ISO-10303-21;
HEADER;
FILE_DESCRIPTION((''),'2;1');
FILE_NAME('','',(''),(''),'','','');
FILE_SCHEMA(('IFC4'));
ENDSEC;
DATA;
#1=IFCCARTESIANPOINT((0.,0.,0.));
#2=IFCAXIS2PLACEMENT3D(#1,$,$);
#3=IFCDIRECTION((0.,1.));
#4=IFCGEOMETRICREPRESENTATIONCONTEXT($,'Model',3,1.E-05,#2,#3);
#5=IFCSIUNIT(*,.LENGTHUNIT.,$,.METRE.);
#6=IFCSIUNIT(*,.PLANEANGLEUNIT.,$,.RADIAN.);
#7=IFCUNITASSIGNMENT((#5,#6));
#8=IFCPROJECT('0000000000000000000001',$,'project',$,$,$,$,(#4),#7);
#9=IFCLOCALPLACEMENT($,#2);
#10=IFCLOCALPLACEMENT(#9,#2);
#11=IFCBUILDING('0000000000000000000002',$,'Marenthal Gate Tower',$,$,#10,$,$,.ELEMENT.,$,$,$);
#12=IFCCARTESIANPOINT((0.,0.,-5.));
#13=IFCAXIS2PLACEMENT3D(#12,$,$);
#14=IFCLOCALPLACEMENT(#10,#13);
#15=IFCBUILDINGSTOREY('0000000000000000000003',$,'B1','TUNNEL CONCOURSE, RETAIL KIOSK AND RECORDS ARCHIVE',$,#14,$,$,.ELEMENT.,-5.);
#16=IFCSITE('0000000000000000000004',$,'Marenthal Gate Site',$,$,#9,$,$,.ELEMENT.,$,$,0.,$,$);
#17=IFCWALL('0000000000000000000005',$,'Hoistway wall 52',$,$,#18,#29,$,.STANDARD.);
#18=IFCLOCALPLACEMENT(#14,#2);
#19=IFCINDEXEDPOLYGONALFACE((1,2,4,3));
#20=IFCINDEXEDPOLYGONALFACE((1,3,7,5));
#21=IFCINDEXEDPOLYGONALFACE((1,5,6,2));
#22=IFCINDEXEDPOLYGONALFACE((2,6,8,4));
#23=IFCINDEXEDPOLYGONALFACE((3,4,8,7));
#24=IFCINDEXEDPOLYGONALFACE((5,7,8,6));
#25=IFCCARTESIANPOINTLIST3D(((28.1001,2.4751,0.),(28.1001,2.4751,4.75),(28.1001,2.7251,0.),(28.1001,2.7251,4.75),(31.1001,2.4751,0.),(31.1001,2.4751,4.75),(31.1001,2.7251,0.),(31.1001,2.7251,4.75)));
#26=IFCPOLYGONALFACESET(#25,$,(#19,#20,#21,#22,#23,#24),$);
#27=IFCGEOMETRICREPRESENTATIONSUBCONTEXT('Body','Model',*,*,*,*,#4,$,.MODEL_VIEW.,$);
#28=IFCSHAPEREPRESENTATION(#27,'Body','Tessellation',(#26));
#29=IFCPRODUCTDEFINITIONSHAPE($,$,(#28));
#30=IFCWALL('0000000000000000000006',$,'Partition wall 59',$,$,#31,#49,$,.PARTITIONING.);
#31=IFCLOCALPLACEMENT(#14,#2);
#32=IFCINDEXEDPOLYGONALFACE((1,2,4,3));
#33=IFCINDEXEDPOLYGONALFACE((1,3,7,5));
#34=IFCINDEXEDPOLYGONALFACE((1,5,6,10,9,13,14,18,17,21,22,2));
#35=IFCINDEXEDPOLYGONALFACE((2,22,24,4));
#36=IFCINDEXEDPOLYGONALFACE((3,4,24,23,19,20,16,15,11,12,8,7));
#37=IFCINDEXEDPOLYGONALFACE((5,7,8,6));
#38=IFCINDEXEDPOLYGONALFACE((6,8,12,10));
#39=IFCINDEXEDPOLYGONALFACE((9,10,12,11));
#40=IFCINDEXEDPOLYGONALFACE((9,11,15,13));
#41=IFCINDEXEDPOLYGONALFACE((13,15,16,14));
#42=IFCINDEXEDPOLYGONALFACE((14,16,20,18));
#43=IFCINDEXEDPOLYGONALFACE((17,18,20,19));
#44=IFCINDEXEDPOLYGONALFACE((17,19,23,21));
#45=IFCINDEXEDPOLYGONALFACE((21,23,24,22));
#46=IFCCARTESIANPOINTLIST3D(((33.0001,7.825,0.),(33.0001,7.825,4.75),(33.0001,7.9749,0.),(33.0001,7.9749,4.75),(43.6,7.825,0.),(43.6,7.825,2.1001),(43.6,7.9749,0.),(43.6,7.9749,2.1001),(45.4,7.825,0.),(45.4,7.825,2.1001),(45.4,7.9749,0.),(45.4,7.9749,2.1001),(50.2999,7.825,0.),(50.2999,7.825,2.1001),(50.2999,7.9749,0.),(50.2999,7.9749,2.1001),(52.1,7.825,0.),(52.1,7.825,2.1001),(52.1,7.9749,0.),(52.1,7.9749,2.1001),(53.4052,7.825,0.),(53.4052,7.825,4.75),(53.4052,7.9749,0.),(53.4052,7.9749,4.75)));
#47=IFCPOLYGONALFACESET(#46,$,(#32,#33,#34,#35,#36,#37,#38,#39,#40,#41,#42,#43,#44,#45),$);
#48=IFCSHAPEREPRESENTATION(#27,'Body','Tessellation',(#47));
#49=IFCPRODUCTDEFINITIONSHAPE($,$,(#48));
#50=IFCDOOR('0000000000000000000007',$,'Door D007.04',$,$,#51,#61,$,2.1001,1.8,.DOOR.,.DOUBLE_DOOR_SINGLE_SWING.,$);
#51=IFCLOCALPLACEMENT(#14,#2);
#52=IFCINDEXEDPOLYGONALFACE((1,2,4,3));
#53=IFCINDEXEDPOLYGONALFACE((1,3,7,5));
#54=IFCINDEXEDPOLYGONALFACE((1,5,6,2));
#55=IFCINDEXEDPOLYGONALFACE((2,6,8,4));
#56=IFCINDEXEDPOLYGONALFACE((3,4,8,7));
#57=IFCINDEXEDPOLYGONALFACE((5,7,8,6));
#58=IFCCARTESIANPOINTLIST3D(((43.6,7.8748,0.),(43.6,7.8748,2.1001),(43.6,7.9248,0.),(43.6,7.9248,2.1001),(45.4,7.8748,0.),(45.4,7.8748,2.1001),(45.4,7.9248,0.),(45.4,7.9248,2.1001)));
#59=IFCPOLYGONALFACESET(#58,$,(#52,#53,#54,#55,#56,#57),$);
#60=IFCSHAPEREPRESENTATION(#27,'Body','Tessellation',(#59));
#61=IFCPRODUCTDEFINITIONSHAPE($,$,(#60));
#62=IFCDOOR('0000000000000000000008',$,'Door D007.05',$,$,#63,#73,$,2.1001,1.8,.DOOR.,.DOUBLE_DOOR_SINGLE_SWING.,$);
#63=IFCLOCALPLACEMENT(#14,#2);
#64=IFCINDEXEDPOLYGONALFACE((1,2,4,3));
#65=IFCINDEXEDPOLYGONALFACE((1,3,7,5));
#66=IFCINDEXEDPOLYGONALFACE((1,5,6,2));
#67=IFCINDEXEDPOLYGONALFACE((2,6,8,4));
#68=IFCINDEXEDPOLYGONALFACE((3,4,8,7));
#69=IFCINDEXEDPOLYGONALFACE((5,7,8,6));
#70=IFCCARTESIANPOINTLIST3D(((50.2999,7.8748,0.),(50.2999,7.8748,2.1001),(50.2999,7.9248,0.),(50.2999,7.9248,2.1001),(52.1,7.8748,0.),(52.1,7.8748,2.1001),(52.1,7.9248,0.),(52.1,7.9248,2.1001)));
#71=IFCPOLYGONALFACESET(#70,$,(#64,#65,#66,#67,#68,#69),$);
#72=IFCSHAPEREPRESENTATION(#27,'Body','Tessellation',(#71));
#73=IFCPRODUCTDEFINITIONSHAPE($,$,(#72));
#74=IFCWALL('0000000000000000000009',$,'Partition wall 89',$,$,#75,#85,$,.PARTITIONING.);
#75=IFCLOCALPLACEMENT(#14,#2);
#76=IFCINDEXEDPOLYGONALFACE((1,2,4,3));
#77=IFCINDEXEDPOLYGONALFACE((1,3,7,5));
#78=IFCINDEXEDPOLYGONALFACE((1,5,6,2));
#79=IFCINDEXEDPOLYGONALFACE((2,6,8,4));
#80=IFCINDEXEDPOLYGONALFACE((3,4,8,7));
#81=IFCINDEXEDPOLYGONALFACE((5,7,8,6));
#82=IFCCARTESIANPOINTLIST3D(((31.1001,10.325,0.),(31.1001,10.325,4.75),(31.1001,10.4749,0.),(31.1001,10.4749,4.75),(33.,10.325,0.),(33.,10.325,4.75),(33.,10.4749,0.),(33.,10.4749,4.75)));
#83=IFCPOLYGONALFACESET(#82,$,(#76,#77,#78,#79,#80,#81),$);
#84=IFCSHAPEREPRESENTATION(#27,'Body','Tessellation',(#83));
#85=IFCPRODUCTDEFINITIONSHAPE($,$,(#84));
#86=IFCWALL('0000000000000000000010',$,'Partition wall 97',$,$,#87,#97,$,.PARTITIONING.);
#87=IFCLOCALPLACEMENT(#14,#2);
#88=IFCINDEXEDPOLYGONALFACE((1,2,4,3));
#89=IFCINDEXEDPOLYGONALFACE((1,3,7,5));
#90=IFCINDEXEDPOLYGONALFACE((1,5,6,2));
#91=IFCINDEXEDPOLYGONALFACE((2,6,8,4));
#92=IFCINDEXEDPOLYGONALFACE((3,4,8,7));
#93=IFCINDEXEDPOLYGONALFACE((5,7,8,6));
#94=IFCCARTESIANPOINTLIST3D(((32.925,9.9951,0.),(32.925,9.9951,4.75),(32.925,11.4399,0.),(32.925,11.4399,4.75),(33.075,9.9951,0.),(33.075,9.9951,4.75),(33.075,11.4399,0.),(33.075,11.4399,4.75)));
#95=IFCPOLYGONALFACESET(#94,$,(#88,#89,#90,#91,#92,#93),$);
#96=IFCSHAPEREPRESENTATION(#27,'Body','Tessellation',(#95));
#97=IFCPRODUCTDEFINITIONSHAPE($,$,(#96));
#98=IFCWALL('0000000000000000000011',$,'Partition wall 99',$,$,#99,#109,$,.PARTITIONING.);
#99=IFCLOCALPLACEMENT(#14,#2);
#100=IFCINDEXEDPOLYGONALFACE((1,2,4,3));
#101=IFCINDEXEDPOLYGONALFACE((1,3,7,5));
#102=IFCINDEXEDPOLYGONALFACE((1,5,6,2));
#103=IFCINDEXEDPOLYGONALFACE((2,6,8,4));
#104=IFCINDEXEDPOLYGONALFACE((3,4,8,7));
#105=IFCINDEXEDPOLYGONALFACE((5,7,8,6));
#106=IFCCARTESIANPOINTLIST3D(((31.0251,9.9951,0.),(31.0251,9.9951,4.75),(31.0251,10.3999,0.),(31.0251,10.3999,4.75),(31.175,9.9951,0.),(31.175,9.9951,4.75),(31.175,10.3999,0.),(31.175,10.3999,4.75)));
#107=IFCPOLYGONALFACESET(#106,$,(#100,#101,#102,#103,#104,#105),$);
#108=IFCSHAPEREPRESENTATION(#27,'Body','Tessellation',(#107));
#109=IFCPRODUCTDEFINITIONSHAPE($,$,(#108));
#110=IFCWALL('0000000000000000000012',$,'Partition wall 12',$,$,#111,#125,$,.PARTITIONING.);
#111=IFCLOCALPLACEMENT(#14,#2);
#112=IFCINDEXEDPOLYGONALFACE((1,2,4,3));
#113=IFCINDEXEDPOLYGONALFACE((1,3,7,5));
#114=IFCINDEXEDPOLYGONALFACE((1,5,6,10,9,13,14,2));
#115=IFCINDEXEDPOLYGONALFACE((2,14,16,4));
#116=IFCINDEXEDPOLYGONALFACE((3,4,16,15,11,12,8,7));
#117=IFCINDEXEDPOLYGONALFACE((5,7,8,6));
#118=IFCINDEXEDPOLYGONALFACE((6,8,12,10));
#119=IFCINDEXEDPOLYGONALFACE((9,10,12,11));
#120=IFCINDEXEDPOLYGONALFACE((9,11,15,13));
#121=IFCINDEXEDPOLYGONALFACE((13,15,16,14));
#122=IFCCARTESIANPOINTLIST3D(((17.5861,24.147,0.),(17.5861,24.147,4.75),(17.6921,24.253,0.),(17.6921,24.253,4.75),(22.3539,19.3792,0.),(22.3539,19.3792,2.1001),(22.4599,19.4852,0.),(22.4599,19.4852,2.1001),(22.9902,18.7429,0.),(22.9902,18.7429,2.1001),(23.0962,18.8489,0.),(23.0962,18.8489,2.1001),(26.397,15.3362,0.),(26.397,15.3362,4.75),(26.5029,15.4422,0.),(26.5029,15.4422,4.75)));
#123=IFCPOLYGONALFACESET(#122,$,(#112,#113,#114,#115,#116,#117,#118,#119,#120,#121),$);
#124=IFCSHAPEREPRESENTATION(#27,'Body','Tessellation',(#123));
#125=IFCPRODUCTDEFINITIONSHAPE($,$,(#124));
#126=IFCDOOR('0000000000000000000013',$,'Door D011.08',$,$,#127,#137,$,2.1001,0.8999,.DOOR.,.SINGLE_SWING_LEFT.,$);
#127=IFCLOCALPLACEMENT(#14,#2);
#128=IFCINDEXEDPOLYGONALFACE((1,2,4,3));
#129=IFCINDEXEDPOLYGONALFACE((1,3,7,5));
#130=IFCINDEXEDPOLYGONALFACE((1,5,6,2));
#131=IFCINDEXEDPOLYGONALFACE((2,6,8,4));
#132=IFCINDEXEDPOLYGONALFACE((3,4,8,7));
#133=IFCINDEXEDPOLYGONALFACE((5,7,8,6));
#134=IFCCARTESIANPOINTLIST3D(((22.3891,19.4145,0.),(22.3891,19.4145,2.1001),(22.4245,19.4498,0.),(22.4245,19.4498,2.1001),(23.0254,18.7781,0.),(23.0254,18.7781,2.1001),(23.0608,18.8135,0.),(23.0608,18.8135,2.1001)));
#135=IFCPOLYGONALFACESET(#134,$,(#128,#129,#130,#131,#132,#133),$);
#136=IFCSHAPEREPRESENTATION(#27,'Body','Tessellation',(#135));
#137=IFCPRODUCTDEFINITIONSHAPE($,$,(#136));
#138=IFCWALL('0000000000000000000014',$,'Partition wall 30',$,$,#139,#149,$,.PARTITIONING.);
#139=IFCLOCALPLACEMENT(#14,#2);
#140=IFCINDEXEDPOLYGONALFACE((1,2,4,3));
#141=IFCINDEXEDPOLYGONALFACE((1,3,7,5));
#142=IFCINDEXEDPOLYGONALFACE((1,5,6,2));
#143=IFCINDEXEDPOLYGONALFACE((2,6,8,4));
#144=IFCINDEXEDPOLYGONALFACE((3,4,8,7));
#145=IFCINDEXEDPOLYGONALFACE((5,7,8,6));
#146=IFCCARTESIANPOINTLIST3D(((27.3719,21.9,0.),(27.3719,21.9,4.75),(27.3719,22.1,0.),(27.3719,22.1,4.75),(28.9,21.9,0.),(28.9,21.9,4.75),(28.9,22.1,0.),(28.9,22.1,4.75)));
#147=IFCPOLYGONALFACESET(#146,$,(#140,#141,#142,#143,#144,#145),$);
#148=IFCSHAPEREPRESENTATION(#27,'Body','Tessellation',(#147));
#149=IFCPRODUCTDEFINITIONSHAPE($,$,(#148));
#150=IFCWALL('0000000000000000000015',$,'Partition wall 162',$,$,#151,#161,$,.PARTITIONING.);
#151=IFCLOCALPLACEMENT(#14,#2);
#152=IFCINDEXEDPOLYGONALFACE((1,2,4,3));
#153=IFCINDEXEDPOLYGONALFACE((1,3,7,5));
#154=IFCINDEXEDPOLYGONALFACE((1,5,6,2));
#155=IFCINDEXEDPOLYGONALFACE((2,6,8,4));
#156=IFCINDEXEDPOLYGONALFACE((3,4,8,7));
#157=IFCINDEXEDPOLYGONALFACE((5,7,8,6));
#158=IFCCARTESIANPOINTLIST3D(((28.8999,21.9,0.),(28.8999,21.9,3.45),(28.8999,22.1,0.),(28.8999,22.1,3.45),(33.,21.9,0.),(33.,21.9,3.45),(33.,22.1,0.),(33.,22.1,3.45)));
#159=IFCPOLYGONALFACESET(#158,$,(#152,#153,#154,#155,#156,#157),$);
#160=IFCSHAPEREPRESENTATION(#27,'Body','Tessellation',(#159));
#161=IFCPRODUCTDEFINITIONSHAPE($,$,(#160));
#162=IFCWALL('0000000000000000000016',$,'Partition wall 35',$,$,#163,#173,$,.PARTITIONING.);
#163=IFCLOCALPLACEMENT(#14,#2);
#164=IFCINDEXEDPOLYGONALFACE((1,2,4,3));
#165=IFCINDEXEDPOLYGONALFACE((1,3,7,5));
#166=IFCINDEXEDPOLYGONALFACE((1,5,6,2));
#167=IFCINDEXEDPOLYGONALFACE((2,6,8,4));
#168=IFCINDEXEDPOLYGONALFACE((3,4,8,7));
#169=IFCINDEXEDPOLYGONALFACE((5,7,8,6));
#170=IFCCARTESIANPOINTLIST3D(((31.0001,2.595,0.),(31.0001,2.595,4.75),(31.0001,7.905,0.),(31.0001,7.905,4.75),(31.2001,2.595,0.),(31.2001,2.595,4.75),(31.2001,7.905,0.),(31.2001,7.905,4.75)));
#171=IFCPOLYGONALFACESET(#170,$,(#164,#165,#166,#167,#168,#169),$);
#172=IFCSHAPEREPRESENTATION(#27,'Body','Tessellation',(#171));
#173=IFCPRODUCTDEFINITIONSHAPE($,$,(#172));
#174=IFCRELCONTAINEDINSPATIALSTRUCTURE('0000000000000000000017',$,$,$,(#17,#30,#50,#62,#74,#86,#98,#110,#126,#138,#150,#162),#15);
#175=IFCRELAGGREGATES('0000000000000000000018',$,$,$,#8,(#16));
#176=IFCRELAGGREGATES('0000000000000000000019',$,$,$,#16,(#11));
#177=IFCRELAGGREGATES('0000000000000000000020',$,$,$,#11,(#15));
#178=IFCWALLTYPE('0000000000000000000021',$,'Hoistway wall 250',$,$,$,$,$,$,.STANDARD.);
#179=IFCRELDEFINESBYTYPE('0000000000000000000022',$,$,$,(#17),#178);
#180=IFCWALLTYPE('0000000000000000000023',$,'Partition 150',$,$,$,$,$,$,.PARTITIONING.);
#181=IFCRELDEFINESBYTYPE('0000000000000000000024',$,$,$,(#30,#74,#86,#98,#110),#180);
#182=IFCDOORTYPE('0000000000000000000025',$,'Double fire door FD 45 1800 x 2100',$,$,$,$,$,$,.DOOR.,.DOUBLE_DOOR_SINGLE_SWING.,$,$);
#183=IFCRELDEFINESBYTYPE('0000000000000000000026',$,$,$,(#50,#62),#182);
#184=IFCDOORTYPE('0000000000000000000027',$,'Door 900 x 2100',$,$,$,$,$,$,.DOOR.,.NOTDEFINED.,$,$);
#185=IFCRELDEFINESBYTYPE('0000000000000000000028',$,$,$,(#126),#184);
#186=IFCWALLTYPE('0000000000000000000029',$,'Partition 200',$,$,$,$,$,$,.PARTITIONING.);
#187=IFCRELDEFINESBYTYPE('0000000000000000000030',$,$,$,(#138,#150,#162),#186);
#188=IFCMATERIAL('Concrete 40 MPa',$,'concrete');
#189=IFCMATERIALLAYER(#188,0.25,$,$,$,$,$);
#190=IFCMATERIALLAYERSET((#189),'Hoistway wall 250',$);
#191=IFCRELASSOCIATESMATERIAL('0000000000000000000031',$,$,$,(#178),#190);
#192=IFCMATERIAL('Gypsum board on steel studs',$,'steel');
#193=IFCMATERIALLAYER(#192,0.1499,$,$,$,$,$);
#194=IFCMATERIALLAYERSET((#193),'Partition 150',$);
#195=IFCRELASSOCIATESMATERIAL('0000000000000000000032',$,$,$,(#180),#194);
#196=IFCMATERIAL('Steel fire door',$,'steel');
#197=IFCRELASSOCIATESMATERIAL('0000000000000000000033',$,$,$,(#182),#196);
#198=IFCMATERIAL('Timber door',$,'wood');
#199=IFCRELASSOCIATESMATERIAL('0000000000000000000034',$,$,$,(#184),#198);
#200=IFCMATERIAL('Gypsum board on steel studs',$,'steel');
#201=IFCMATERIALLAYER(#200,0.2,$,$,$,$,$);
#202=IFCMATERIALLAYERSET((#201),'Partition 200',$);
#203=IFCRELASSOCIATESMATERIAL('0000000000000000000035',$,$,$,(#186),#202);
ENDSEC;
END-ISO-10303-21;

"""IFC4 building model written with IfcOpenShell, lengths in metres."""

from ifc_helpers import new_model, si_unit, direction, frame, frame_2d, origin, place, context, subcontext, project, spatial, rectangle, extrude, material, layer, layer_set, type_object, element, fill, save


model = new_model("IFC4")

# Units and contexts
model_context = context("Model", 3, precision=1e-05, world=origin(), true_north=direction((0.0, 1.0)))
body_context = subcontext(model_context, "Body", "Model", "MODEL_VIEW")
ifc_project = project(units=[si_unit("LENGTHUNIT", "METRE"), si_unit("PLANEANGLEUNIT", "RADIAN")], contexts=[model_context])

# Site, building, storey
site_placement = place(None, origin())
site = spatial("IfcSite", under=ifc_project, at=site_placement, Name="Marenthal Gate Site", CompositionType="ELEMENT", RefElevation=0.0)
building_placement = place(site_placement, origin())
building = spatial("IfcBuilding", under=site, at=building_placement, Name="Marenthal Gate Tower", CompositionType="ELEMENT")
storey_placement = place(building_placement, frame((0.0, 0.0, -5.0)))
storey = spatial("IfcBuildingStorey", under=building, at=storey_placement, Name="B1", Description="TUNNEL CONCOURSE, RETAIL KIOSK AND RECORDS ARCHIVE", CompositionType="ELEMENT", Elevation=-5.0)

# Wall
ifc_material_1 = material(Name="Concrete 40 MPa", Category="concrete")
ifc_layer_1 = layer(ifc_material_1, 0.25)
ifc_layer_set_1 = layer_set([ifc_layer_1], Name="Hoistway wall 250")
wall_type_1 = type_object("IfcWallType", Name="Hoistway wall 250", PredefinedType="STANDARD", material=ifc_layer_set_1)
wall_1_placement = place(storey_placement, frame((28.1001, 2.6001, 0.0), z_axis=(0.0, 0.0, 1.0), x_axis=(1.0, 0.0, 0.0)))
element("IfcWall", 1, at=wall_1_placement, inside=storey, type_object=wall_type_1, Name="Hoistway wall 52", PredefinedType="STANDARD", context=body_context, shape_type="SweptSolid", body=[
    extrude(rectangle(XDim=3.0, YDim=0.25, at=frame_2d((1.5, 0.0))), origin(), (0.0, 0.0, 1.0), 4.75),
])

# Wall, openings, doors
ifc_material_2 = material(Name="Gypsum board on steel studs", Category="steel")
ifc_layer_2 = layer(ifc_material_2, 0.1499)
ifc_layer_set_2 = layer_set([ifc_layer_2], Name="Partition 150")
wall_type_2 = type_object("IfcWallType", Name="Partition 150", PredefinedType="PARTITIONING", material=ifc_layer_set_2)
wall_2_placement = place(storey_placement, frame((33.0, 7.8999, 0.0), z_axis=(0.0, 0.0, 1.0), x_axis=(1.0, 0.0, 0.0)))
wall_2 = element("IfcWall", 2, at=wall_2_placement, inside=storey, type_object=wall_type_2, Name="Partition wall 59", PredefinedType="PARTITIONING", context=body_context, shape_type="SweptSolid", body=[
    extrude(rectangle(XDim=20.405, YDim=0.1499, at=frame_2d((10.2026, 0.0))), origin(), (0.0, 0.0, 1.0), 4.75),
])
opening_1_placement = place(wall_2_placement, frame((10.6001, 0.0, 0.0)))
opening_1 = element("IfcOpeningElement", 3, at=opening_1_placement, cuts=wall_2, PredefinedType="OPENING", context=body_context, shape_type="SweptSolid", body=[
    extrude(rectangle(XDim=1.8, YDim=2.1001, at=frame_2d((0.8999, 1.05))), frame((0.0, 0.085, 0.0), z_axis=(0.0, -1.0, 0.0), x_axis=(1.0, 0.0, 0.0)), (0.0, 0.0, 1.0), 0.1699),
])
opening_2_placement = place(wall_2_placement, frame((17.3, 0.0, 0.0)))
opening_2 = element("IfcOpeningElement", 4, at=opening_2_placement, cuts=wall_2, PredefinedType="OPENING", context=body_context, shape_type="SweptSolid", body=[
    extrude(rectangle(XDim=1.8, YDim=2.1001, at=frame_2d((0.8999, 1.05))), frame((0.0, 0.085, 0.0), z_axis=(0.0, -1.0, 0.0), x_axis=(1.0, 0.0, 0.0)), (0.0, 0.0, 1.0), 0.1699),
])
ifc_material_3 = material(Name="Steel fire door", Category="steel")
door_type_1 = type_object("IfcDoorType", Name="Double fire door FD 45 1800 x 2100", OperationType="DOUBLE_DOOR_SINGLE_SWING", PredefinedType="DOOR", material=ifc_material_3)
door_1_placement = place(opening_1_placement, origin())
door_1 = element("IfcDoor", 5, at=door_1_placement, inside=storey, type_object=door_type_1, Name="Door D007.04", OperationType="DOUBLE_DOOR_SINGLE_SWING", OverallHeight=2.1001, OverallWidth=1.8, PredefinedType="DOOR", context=body_context, shape_type="SweptSolid", body=[
    extrude(rectangle(XDim=1.8, YDim=2.1001, at=frame_2d((0.8999, 1.05))), frame((0.0, 0.0249, 0.0), z_axis=(0.0, -1.0, 0.0), x_axis=(1.0, 0.0, 0.0)), (0.0, 0.0, 1.0), 0.05),
])
fill(opening_1, door_1)
door_2_placement = place(opening_2_placement, origin())
door_2 = element("IfcDoor", 6, at=door_2_placement, inside=storey, type_object=door_type_1, Name="Door D007.05", OperationType="DOUBLE_DOOR_SINGLE_SWING", OverallHeight=2.1001, OverallWidth=1.8, PredefinedType="DOOR", context=body_context, shape_type="SweptSolid", body=[
    extrude(rectangle(XDim=1.8, YDim=2.1001, at=frame_2d((0.8999, 1.05))), frame((0.0, 0.0249, 0.0), z_axis=(0.0, -1.0, 0.0), x_axis=(1.0, 0.0, 0.0)), (0.0, 0.0, 1.0), 0.05),
])
fill(opening_2, door_2)

# Walls
wall_3_placement = place(storey_placement, frame((31.1001, 10.3999, 0.0), z_axis=(0.0, 0.0, 1.0), x_axis=(1.0, 0.0, 0.0)))
element("IfcWall", 7, at=wall_3_placement, inside=storey, type_object=wall_type_2, Name="Partition wall 89", PredefinedType="PARTITIONING", context=body_context, shape_type="SweptSolid", body=[
    extrude(rectangle(XDim=1.8999, YDim=0.1499, at=frame_2d((0.95, 0.0))), origin(), (0.0, 0.0, 1.0), 4.75),
])
wall_4_placement = place(storey_placement, frame((33.0, 9.9951, 0.0), z_axis=(0.0, 0.0, 1.0), x_axis=(0.0, 1.0, 0.0)))
element("IfcWall", 8, at=wall_4_placement, inside=storey, type_object=wall_type_2, Name="Partition wall 97", PredefinedType="PARTITIONING", context=body_context, shape_type="SweptSolid", body=[
    extrude(rectangle(XDim=1.4448, YDim=0.1499, at=frame_2d((0.7224, 0.0))), origin(), (0.0, 0.0, 1.0), 4.75),
])
wall_5_placement = place(storey_placement, frame((31.1001, 9.9951, 0.0), z_axis=(0.0, 0.0, 1.0), x_axis=(0.0, 1.0, 0.0)))
element("IfcWall", 9, at=wall_5_placement, inside=storey, type_object=wall_type_2, Name="Partition wall 99", PredefinedType="PARTITIONING", context=body_context, shape_type="SweptSolid", body=[
    extrude(rectangle(XDim=0.4048, YDim=0.1499, at=frame_2d((0.2024, 0.0))), origin(), (0.0, 0.0, 1.0), 4.75),
])

# Wall, opening, door
wall_6_placement = place(storey_placement, frame((26.45, 15.3892, 0.0), z_axis=(0.0, 0.0, 1.0), x_axis=(-0.707107, 0.707107, 0.0)))
wall_6 = element("IfcWall", 10, at=wall_6_placement, inside=storey, type_object=wall_type_2, Name="Partition wall 12", PredefinedType="PARTITIONING", context=body_context, shape_type="SweptSolid", body=[
    extrude(rectangle(XDim=12.4604, YDim=0.1499, at=frame_2d((6.2302, 0.0))), origin(), (0.0, 0.0, 1.0), 4.75),
])
opening_3_placement = place(wall_6_placement, frame((4.8179, 0.0, 0.0)))
opening_3 = element("IfcOpeningElement", 11, at=opening_3_placement, cuts=wall_6, PredefinedType="OPENING", context=body_context, shape_type="SweptSolid", body=[
    extrude(rectangle(XDim=0.8999, YDim=2.1001, at=frame_2d((0.45, 1.05))), frame((0.0, 0.085, 0.0), z_axis=(0.0, -1.0, 0.0), x_axis=(1.0, 0.0, 0.0)), (0.0, 0.0, 1.0), 0.1699),
])
ifc_material_4 = material(Name="Timber door", Category="wood")
door_type_2 = type_object("IfcDoorType", Name="Door 900 x 2100", OperationType="NOTDEFINED", PredefinedType="DOOR", material=ifc_material_4)
door_3_placement = place(opening_3_placement, frame((0.8999, 0.0, 0.0), z_axis=(0.0, 0.0, 1.0), x_axis=(-1.0, 0.0, 0.0)))
door_3 = element("IfcDoor", 12, at=door_3_placement, inside=storey, type_object=door_type_2, Name="Door D011.08", OperationType="SINGLE_SWING_LEFT", OverallHeight=2.1001, OverallWidth=0.8999, PredefinedType="DOOR", context=body_context, shape_type="SweptSolid", body=[
    extrude(rectangle(XDim=0.8999, YDim=2.1001, at=frame_2d((0.45, 1.05))), frame((0.0, 0.0249, 0.0), z_axis=(0.0, -1.0, 0.0), x_axis=(1.0, 0.0, 0.0)), (0.0, 0.0, 1.0), 0.05),
])
fill(opening_3, door_3)

# Walls
ifc_material_5 = material(Name="Gypsum board on steel studs", Category="steel")
ifc_layer_3 = layer(ifc_material_5, 0.2)
ifc_layer_set_3 = layer_set([ifc_layer_3], Name="Partition 200")
wall_type_3 = type_object("IfcWallType", Name="Partition 200", PredefinedType="PARTITIONING", material=ifc_layer_set_3)
wall_7_placement = place(storey_placement, frame((27.3718, 22.0, 0.0), z_axis=(0.0, 0.0, 1.0), x_axis=(1.0, 0.0, 0.0)))
element("IfcWall", 13, at=wall_7_placement, inside=storey, type_object=wall_type_3, Name="Partition wall 30", PredefinedType="PARTITIONING", context=body_context, shape_type="SweptSolid", body=[
    extrude(rectangle(XDim=1.5281, YDim=0.2, at=frame_2d((0.7642, 0.0))), origin(), (0.0, 0.0, 1.0), 4.75),
])
wall_8_placement = place(storey_placement, frame((28.8999, 22.0, 0.0), z_axis=(0.0, 0.0, 1.0), x_axis=(1.0, 0.0, 0.0)))
element("IfcWall", 14, at=wall_8_placement, inside=storey, type_object=wall_type_3, Name="Partition wall 162", PredefinedType="PARTITIONING", context=body_context, shape_type="SweptSolid", body=[
    extrude(rectangle(XDim=4.1001, YDim=0.2, at=frame_2d((2.05, 0.0))), origin(), (0.0, 0.0, 1.0), 3.45),
])
wall_9_placement = place(storey_placement, frame((31.1001, 2.595, 0.0), z_axis=(0.0, 0.0, 1.0), x_axis=(0.0, 1.0, 0.0)))
element("IfcWall", 15, at=wall_9_placement, inside=storey, type_object=wall_type_3, Name="Partition wall 35", PredefinedType="PARTITIONING", context=body_context, shape_type="SweptSolid", body=[
    extrude(rectangle(XDim=5.3101, YDim=0.2, at=frame_2d((2.655, 0.0))), origin(), (0.0, 0.0, 1.0), 4.75),
])

save(model, "model.ifc")
